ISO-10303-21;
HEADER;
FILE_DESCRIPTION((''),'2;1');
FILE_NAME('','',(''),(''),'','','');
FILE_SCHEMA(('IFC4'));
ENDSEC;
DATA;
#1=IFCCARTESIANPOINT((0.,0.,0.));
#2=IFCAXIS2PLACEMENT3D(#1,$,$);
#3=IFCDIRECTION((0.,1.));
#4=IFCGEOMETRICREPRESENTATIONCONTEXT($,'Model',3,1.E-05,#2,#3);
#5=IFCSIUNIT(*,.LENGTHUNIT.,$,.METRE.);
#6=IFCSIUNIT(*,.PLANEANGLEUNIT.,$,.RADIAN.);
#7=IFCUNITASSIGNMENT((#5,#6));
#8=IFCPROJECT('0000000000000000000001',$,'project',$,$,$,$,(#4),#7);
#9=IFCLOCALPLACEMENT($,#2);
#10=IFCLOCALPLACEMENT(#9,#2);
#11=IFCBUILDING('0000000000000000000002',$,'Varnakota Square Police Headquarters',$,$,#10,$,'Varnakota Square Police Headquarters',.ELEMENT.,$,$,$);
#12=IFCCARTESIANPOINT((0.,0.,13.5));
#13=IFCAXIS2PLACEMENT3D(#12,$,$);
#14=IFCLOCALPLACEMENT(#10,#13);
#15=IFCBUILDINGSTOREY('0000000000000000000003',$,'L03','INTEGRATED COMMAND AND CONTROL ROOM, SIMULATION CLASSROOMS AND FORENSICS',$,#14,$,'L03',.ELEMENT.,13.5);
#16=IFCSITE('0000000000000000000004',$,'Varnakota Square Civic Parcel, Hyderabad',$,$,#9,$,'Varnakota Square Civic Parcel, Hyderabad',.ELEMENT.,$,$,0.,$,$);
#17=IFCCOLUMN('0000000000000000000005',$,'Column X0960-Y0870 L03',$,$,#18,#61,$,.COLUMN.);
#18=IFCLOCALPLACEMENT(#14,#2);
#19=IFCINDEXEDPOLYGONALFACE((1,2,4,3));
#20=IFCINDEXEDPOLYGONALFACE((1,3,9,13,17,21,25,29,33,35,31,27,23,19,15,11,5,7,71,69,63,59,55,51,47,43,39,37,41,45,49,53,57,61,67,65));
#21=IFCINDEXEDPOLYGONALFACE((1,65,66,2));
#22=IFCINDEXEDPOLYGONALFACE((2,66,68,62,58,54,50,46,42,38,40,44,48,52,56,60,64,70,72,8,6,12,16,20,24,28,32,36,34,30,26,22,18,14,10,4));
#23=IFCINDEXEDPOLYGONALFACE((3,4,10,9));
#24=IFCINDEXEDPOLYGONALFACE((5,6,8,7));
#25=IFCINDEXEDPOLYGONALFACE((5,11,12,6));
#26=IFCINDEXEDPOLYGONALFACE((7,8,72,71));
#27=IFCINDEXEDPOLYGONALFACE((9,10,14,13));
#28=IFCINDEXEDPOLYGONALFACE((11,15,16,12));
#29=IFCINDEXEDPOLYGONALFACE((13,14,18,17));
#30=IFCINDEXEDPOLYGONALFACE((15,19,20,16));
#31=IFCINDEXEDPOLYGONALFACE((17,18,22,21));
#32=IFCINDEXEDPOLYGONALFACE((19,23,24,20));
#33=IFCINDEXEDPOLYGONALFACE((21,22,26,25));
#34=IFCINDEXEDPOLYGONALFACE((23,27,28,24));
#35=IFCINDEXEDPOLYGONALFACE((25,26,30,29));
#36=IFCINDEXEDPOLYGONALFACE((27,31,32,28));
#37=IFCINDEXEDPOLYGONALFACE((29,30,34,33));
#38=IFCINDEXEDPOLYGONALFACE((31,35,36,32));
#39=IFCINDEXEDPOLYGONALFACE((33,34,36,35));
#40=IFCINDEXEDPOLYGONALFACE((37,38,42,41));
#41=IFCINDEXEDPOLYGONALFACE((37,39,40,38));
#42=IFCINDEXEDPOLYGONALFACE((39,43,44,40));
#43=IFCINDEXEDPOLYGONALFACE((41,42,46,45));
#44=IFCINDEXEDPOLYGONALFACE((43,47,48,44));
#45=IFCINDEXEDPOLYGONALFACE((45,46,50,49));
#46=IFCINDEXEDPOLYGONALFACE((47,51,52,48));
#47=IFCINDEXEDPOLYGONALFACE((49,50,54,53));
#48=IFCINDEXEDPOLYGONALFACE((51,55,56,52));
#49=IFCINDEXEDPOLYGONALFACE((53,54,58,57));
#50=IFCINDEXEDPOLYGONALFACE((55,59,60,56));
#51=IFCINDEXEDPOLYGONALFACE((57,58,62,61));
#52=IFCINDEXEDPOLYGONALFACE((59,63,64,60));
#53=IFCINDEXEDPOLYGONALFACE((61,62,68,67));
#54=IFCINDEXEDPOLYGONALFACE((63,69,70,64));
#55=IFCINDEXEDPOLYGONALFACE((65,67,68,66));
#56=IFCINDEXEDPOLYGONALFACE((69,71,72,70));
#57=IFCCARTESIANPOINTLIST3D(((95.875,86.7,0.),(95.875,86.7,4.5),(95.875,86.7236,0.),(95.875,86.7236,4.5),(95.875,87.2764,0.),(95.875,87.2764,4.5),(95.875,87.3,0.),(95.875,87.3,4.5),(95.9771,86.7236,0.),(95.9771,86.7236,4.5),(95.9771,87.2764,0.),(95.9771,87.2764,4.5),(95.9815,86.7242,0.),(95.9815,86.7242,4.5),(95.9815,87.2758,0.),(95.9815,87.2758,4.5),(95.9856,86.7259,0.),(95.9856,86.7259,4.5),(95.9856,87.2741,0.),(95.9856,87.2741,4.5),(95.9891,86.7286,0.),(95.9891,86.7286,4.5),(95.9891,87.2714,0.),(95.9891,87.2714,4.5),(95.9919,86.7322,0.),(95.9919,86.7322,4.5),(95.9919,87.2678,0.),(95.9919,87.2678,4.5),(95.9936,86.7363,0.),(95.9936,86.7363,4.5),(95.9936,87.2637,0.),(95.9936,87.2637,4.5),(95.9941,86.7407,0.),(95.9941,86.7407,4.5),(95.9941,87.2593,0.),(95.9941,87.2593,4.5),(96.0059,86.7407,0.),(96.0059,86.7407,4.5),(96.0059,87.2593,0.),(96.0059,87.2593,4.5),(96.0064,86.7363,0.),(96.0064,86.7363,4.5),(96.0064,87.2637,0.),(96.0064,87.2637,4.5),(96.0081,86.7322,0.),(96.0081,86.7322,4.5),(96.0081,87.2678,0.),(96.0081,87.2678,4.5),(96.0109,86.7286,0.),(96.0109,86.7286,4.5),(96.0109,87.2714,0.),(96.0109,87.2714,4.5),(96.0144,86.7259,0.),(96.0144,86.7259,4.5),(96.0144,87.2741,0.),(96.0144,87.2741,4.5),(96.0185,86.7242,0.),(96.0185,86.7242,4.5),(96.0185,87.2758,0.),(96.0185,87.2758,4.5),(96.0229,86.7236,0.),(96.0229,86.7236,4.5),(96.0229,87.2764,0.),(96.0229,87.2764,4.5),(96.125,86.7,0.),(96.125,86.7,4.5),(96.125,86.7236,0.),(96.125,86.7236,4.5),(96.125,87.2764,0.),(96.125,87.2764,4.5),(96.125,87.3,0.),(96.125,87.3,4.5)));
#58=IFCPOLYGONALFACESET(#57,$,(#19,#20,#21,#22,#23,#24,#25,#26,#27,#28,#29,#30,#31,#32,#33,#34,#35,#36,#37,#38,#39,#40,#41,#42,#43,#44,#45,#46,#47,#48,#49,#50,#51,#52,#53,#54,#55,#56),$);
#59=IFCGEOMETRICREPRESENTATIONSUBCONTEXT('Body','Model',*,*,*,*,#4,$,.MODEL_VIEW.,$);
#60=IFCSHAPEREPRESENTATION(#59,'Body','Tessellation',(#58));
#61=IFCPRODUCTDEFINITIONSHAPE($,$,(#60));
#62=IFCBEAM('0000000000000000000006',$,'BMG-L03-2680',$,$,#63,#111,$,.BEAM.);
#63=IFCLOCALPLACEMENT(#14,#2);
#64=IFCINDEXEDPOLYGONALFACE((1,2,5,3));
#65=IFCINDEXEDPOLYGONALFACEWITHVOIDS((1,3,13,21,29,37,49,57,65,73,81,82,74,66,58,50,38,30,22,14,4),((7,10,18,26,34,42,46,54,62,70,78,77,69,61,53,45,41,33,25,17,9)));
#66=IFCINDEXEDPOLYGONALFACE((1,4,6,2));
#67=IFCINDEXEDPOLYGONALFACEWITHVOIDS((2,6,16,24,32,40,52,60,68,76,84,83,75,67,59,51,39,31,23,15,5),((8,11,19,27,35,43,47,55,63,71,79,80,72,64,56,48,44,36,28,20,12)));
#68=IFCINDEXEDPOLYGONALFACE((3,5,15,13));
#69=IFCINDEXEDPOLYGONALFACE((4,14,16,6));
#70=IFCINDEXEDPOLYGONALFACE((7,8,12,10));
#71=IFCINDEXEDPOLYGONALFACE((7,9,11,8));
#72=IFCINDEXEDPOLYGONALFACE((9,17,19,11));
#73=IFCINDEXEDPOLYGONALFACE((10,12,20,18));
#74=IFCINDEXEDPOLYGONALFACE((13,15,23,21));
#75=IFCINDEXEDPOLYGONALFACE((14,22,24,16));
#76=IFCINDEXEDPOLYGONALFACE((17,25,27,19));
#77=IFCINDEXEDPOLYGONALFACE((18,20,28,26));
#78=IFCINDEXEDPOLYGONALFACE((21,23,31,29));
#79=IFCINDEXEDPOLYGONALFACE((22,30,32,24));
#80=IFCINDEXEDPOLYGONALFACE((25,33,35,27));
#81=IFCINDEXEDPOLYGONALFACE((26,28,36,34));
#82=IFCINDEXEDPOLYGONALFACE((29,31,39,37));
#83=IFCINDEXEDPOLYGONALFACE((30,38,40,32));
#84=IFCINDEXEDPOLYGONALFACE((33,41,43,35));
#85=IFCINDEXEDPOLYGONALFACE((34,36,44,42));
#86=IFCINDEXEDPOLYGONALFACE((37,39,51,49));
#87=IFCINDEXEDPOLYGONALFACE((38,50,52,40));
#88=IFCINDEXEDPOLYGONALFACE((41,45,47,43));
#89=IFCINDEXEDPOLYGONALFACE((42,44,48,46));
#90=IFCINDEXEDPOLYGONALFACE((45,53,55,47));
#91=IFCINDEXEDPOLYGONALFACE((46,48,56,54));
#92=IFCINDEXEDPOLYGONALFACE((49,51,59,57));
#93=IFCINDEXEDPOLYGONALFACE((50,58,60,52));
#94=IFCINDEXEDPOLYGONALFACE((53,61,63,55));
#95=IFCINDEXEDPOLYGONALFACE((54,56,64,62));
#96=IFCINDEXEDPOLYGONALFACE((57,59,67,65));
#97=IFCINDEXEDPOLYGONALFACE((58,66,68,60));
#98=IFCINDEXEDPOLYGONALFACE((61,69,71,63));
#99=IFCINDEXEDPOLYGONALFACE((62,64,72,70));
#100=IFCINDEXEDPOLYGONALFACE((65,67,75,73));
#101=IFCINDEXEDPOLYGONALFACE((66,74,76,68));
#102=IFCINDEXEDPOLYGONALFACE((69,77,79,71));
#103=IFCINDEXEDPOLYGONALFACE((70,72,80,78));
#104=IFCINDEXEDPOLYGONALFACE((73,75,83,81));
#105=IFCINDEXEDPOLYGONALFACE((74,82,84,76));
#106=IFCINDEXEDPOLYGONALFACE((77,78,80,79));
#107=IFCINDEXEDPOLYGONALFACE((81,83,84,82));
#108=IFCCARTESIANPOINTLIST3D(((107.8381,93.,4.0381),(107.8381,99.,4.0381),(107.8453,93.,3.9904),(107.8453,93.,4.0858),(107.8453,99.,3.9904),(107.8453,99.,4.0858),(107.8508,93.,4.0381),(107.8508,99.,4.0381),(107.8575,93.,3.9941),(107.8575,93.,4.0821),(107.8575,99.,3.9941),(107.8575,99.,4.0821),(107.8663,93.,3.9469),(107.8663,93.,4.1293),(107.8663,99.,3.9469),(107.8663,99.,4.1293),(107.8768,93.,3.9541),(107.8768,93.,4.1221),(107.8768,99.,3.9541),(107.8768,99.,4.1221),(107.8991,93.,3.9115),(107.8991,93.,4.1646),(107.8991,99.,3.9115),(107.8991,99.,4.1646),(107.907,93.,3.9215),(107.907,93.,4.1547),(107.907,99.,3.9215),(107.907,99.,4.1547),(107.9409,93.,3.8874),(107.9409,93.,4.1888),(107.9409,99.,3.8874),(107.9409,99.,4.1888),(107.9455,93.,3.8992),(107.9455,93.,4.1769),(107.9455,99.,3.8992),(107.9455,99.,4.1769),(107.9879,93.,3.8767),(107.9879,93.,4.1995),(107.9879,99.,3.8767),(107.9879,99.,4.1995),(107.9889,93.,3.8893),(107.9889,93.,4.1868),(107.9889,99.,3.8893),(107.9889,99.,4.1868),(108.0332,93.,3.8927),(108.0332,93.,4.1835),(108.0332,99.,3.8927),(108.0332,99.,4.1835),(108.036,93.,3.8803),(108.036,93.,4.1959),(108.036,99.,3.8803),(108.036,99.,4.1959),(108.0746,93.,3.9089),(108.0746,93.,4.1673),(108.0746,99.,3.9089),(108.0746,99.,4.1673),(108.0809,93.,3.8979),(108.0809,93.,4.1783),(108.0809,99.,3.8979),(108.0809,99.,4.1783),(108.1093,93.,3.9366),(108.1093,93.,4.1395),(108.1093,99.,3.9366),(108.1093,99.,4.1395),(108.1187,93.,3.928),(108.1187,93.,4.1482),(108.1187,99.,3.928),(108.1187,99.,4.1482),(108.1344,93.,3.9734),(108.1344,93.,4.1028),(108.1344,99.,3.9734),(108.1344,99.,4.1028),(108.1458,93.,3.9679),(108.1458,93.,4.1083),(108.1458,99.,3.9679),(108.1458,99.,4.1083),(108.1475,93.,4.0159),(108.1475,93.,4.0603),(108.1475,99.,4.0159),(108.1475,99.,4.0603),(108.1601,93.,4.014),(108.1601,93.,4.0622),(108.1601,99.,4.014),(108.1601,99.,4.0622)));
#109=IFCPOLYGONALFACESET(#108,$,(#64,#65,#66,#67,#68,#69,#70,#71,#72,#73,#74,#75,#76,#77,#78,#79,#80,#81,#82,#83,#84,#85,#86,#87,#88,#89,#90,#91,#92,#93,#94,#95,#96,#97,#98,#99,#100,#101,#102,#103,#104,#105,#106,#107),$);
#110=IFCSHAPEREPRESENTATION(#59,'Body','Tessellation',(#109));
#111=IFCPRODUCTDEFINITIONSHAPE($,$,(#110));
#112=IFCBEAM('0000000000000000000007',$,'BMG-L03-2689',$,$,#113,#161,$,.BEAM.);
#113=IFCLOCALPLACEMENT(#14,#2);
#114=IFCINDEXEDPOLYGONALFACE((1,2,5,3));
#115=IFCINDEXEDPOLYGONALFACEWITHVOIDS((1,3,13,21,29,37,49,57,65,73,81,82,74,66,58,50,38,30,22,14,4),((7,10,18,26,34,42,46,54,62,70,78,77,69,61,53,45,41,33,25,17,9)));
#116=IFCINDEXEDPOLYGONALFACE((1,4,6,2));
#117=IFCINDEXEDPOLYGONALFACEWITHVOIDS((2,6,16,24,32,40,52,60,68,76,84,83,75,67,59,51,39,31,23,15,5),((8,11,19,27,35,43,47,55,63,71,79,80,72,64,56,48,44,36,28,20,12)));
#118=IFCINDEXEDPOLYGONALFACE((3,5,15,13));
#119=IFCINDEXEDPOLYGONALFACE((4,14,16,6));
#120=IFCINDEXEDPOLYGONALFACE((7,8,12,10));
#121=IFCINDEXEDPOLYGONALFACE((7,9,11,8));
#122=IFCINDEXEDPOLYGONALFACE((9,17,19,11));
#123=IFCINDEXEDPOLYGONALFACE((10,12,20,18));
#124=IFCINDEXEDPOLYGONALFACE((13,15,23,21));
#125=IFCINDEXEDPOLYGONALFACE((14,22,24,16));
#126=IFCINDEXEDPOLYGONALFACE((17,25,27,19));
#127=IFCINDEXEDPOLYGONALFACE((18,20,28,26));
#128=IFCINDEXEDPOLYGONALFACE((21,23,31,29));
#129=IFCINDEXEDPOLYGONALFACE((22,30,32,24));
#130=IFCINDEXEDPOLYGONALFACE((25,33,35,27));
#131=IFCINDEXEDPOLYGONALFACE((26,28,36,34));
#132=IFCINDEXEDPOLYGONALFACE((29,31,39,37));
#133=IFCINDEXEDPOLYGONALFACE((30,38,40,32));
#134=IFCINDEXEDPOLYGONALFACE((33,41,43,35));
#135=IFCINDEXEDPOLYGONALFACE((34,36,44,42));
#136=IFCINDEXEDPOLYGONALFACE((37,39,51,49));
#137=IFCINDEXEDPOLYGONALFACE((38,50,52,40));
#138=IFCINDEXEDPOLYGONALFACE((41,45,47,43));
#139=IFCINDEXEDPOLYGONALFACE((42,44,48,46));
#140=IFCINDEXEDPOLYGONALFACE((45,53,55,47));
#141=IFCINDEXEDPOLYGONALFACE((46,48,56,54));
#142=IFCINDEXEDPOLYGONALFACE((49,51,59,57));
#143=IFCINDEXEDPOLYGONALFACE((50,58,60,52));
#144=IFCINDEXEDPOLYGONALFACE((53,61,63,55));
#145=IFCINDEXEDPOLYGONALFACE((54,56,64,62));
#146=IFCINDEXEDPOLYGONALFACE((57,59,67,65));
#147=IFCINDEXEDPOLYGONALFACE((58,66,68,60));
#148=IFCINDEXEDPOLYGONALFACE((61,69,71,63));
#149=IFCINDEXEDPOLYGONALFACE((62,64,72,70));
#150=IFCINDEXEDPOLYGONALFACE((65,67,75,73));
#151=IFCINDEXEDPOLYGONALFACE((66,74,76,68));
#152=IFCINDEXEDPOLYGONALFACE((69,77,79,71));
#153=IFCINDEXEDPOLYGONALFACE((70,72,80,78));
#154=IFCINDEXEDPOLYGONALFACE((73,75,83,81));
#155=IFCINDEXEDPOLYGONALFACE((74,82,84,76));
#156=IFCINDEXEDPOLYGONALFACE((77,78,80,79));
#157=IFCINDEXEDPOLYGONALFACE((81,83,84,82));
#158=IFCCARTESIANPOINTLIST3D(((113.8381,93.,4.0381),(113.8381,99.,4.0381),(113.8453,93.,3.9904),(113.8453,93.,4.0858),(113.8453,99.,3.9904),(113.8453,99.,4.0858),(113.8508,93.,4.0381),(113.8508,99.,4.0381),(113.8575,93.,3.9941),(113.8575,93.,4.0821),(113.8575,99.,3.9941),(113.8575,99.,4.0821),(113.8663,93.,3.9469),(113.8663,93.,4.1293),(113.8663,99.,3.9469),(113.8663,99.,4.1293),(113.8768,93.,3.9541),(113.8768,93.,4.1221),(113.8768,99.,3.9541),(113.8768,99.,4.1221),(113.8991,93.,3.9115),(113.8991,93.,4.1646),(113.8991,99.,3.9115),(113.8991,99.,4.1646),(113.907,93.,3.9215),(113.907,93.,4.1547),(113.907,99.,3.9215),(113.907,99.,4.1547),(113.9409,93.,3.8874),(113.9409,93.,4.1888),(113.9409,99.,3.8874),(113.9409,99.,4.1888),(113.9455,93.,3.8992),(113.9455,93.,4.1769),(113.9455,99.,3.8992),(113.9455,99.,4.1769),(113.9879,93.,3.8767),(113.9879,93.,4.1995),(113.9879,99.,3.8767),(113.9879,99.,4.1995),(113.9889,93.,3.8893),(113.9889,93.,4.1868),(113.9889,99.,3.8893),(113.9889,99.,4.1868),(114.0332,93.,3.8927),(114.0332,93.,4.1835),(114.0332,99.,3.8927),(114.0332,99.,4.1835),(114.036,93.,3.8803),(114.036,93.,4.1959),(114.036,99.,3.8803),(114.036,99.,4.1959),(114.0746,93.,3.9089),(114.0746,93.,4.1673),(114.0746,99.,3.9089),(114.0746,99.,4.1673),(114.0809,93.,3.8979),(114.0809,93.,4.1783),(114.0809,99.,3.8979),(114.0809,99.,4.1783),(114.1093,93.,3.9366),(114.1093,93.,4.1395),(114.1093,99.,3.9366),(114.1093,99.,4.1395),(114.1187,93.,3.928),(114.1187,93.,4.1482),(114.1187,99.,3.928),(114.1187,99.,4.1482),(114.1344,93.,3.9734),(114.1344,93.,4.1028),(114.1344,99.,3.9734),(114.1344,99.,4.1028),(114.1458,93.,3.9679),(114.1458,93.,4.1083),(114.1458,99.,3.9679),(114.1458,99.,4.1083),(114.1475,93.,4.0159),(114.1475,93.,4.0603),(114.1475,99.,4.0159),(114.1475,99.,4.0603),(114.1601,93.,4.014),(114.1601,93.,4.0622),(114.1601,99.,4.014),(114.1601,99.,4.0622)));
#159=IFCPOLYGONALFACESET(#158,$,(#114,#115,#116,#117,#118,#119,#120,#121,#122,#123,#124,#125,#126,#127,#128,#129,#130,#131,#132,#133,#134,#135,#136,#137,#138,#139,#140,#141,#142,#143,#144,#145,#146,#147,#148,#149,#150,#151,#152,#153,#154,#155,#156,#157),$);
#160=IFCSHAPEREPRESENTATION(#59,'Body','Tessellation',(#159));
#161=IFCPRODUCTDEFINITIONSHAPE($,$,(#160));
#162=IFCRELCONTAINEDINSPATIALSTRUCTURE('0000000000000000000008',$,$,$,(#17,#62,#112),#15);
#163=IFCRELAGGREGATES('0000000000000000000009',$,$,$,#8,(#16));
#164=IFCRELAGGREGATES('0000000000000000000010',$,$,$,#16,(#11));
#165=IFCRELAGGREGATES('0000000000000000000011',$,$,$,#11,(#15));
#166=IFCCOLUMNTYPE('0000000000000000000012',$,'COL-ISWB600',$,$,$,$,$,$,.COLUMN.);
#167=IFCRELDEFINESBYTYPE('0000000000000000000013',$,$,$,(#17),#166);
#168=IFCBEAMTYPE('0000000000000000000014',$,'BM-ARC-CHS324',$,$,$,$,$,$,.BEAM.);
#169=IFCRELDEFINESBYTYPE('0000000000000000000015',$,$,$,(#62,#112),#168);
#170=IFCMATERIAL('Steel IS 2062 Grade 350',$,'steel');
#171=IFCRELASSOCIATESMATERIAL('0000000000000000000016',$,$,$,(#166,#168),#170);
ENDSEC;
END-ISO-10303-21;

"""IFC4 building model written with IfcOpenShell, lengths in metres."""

from ifc_helpers import new_model, si_unit, direction, frame, origin, origin_2d, place, context, subcontext, project, spatial, hollow_circle, i_section, extrude, material, material_profile, profile_set, type_object, element, save


model = new_model("IFC4")

# Units and contexts
model_context = context("Model", 3, precision=1e-05, world=origin(), true_north=direction((0.0, 1.0)))
body_context = subcontext(model_context, "Body", "Model", "MODEL_VIEW")
ifc_project = project(units=[si_unit("LENGTHUNIT", "METRE"), si_unit("PLANEANGLEUNIT", "RADIAN")], contexts=[model_context])

# Site, building, storey
site_placement = place(None, origin())
site = spatial("IfcSite", under=ifc_project, at=site_placement, Name="Varnakota Square Civic Parcel, Hyderabad", LongName="Varnakota Square Civic Parcel, Hyderabad", CompositionType="ELEMENT", RefElevation=0.0)
building_placement = place(site_placement, origin())
building = spatial("IfcBuilding", under=site, at=building_placement, Name="Varnakota Square Police Headquarters", LongName="Varnakota Square Police Headquarters", CompositionType="ELEMENT")
storey_placement = place(building_placement, frame((0.0, 0.0, 13.5)))
storey = spatial("IfcBuildingStorey", under=building, at=storey_placement, Name="L03", Description="INTEGRATED COMMAND AND CONTROL ROOM, SIMULATION CLASSROOMS AND FORENSICS", LongName="L03", CompositionType="ELEMENT", Elevation=13.5)

# Column
ifc_material_1 = material(Name="Steel IS 2062 Grade 350", Category="steel")
ifc_material_profile_1 = material_profile(ifc_material_1, i_section(OverallWidth=0.25, OverallDepth=0.6001, WebThickness=0.0117, FlangeThickness=0.0237, FilletRadius=0.0171, at=origin_2d()), Name="ISWB 600")
ifc_profile_set_1 = profile_set([ifc_material_profile_1], Name="Steel IS 2062 Grade 350")
column_type_1 = type_object("IfcColumnType", Name="COL-ISWB600", PredefinedType="COLUMN", material=ifc_profile_set_1)
column_1_placement = place(storey_placement, frame((96.0, 87.0, 0.0), z_axis=(0.0, 0.0, 1.0), x_axis=(1.0, 0.0, 0.0)))
element("IfcColumn", 1, at=column_1_placement, inside=storey, type_object=column_type_1, Name="Column X0960-Y0870 L03", PredefinedType="COLUMN", context=body_context, shape_type="SweptSolid", body=[
    extrude(i_section(OverallWidth=0.25, OverallDepth=0.6001, WebThickness=0.0117, FlangeThickness=0.0237, FilletRadius=0.0171, at=origin_2d()), origin(), (0.0, 0.0, 1.0), 4.5),
])

# Beams
ifc_material_profile_2 = material_profile(ifc_material_1, hollow_circle(Radius=0.1619, WallThickness=0.0127, at=origin_2d()), Name="CHS 323.9x12.7")
ifc_profile_set_2 = profile_set([ifc_material_profile_2], Name="Steel IS 2062 Grade 350")
beam_type_1 = type_object("IfcBeamType", Name="BM-ARC-CHS324", PredefinedType="BEAM", material=ifc_profile_set_2)
for number, where, z_axis, x_axis, name in (
    (2, (108.0, 93.0, 4.0381), (0.0, 1.0, 0.0), (-1.0, 0.0, 0.0), "BMG-L03-2680"),
    (3, (114.0, 93.0, 4.0381), (0.0, 1.0, 0.0), (-1.0, 0.0, 0.0), "BMG-L03-2689"),
):
    element("IfcBeam", number, at=place(storey_placement, frame(where, z_axis=z_axis, x_axis=x_axis)), inside=storey, type_object=beam_type_1, Name=name, PredefinedType="BEAM", context=body_context, shape_type="SweptSolid", body=[
        extrude(hollow_circle(Radius=0.1619, WallThickness=0.0127, at=origin_2d()), origin(), (0.0, 0.0, 1.0), 6.0),
    ])

save(model, "model.ifc")
